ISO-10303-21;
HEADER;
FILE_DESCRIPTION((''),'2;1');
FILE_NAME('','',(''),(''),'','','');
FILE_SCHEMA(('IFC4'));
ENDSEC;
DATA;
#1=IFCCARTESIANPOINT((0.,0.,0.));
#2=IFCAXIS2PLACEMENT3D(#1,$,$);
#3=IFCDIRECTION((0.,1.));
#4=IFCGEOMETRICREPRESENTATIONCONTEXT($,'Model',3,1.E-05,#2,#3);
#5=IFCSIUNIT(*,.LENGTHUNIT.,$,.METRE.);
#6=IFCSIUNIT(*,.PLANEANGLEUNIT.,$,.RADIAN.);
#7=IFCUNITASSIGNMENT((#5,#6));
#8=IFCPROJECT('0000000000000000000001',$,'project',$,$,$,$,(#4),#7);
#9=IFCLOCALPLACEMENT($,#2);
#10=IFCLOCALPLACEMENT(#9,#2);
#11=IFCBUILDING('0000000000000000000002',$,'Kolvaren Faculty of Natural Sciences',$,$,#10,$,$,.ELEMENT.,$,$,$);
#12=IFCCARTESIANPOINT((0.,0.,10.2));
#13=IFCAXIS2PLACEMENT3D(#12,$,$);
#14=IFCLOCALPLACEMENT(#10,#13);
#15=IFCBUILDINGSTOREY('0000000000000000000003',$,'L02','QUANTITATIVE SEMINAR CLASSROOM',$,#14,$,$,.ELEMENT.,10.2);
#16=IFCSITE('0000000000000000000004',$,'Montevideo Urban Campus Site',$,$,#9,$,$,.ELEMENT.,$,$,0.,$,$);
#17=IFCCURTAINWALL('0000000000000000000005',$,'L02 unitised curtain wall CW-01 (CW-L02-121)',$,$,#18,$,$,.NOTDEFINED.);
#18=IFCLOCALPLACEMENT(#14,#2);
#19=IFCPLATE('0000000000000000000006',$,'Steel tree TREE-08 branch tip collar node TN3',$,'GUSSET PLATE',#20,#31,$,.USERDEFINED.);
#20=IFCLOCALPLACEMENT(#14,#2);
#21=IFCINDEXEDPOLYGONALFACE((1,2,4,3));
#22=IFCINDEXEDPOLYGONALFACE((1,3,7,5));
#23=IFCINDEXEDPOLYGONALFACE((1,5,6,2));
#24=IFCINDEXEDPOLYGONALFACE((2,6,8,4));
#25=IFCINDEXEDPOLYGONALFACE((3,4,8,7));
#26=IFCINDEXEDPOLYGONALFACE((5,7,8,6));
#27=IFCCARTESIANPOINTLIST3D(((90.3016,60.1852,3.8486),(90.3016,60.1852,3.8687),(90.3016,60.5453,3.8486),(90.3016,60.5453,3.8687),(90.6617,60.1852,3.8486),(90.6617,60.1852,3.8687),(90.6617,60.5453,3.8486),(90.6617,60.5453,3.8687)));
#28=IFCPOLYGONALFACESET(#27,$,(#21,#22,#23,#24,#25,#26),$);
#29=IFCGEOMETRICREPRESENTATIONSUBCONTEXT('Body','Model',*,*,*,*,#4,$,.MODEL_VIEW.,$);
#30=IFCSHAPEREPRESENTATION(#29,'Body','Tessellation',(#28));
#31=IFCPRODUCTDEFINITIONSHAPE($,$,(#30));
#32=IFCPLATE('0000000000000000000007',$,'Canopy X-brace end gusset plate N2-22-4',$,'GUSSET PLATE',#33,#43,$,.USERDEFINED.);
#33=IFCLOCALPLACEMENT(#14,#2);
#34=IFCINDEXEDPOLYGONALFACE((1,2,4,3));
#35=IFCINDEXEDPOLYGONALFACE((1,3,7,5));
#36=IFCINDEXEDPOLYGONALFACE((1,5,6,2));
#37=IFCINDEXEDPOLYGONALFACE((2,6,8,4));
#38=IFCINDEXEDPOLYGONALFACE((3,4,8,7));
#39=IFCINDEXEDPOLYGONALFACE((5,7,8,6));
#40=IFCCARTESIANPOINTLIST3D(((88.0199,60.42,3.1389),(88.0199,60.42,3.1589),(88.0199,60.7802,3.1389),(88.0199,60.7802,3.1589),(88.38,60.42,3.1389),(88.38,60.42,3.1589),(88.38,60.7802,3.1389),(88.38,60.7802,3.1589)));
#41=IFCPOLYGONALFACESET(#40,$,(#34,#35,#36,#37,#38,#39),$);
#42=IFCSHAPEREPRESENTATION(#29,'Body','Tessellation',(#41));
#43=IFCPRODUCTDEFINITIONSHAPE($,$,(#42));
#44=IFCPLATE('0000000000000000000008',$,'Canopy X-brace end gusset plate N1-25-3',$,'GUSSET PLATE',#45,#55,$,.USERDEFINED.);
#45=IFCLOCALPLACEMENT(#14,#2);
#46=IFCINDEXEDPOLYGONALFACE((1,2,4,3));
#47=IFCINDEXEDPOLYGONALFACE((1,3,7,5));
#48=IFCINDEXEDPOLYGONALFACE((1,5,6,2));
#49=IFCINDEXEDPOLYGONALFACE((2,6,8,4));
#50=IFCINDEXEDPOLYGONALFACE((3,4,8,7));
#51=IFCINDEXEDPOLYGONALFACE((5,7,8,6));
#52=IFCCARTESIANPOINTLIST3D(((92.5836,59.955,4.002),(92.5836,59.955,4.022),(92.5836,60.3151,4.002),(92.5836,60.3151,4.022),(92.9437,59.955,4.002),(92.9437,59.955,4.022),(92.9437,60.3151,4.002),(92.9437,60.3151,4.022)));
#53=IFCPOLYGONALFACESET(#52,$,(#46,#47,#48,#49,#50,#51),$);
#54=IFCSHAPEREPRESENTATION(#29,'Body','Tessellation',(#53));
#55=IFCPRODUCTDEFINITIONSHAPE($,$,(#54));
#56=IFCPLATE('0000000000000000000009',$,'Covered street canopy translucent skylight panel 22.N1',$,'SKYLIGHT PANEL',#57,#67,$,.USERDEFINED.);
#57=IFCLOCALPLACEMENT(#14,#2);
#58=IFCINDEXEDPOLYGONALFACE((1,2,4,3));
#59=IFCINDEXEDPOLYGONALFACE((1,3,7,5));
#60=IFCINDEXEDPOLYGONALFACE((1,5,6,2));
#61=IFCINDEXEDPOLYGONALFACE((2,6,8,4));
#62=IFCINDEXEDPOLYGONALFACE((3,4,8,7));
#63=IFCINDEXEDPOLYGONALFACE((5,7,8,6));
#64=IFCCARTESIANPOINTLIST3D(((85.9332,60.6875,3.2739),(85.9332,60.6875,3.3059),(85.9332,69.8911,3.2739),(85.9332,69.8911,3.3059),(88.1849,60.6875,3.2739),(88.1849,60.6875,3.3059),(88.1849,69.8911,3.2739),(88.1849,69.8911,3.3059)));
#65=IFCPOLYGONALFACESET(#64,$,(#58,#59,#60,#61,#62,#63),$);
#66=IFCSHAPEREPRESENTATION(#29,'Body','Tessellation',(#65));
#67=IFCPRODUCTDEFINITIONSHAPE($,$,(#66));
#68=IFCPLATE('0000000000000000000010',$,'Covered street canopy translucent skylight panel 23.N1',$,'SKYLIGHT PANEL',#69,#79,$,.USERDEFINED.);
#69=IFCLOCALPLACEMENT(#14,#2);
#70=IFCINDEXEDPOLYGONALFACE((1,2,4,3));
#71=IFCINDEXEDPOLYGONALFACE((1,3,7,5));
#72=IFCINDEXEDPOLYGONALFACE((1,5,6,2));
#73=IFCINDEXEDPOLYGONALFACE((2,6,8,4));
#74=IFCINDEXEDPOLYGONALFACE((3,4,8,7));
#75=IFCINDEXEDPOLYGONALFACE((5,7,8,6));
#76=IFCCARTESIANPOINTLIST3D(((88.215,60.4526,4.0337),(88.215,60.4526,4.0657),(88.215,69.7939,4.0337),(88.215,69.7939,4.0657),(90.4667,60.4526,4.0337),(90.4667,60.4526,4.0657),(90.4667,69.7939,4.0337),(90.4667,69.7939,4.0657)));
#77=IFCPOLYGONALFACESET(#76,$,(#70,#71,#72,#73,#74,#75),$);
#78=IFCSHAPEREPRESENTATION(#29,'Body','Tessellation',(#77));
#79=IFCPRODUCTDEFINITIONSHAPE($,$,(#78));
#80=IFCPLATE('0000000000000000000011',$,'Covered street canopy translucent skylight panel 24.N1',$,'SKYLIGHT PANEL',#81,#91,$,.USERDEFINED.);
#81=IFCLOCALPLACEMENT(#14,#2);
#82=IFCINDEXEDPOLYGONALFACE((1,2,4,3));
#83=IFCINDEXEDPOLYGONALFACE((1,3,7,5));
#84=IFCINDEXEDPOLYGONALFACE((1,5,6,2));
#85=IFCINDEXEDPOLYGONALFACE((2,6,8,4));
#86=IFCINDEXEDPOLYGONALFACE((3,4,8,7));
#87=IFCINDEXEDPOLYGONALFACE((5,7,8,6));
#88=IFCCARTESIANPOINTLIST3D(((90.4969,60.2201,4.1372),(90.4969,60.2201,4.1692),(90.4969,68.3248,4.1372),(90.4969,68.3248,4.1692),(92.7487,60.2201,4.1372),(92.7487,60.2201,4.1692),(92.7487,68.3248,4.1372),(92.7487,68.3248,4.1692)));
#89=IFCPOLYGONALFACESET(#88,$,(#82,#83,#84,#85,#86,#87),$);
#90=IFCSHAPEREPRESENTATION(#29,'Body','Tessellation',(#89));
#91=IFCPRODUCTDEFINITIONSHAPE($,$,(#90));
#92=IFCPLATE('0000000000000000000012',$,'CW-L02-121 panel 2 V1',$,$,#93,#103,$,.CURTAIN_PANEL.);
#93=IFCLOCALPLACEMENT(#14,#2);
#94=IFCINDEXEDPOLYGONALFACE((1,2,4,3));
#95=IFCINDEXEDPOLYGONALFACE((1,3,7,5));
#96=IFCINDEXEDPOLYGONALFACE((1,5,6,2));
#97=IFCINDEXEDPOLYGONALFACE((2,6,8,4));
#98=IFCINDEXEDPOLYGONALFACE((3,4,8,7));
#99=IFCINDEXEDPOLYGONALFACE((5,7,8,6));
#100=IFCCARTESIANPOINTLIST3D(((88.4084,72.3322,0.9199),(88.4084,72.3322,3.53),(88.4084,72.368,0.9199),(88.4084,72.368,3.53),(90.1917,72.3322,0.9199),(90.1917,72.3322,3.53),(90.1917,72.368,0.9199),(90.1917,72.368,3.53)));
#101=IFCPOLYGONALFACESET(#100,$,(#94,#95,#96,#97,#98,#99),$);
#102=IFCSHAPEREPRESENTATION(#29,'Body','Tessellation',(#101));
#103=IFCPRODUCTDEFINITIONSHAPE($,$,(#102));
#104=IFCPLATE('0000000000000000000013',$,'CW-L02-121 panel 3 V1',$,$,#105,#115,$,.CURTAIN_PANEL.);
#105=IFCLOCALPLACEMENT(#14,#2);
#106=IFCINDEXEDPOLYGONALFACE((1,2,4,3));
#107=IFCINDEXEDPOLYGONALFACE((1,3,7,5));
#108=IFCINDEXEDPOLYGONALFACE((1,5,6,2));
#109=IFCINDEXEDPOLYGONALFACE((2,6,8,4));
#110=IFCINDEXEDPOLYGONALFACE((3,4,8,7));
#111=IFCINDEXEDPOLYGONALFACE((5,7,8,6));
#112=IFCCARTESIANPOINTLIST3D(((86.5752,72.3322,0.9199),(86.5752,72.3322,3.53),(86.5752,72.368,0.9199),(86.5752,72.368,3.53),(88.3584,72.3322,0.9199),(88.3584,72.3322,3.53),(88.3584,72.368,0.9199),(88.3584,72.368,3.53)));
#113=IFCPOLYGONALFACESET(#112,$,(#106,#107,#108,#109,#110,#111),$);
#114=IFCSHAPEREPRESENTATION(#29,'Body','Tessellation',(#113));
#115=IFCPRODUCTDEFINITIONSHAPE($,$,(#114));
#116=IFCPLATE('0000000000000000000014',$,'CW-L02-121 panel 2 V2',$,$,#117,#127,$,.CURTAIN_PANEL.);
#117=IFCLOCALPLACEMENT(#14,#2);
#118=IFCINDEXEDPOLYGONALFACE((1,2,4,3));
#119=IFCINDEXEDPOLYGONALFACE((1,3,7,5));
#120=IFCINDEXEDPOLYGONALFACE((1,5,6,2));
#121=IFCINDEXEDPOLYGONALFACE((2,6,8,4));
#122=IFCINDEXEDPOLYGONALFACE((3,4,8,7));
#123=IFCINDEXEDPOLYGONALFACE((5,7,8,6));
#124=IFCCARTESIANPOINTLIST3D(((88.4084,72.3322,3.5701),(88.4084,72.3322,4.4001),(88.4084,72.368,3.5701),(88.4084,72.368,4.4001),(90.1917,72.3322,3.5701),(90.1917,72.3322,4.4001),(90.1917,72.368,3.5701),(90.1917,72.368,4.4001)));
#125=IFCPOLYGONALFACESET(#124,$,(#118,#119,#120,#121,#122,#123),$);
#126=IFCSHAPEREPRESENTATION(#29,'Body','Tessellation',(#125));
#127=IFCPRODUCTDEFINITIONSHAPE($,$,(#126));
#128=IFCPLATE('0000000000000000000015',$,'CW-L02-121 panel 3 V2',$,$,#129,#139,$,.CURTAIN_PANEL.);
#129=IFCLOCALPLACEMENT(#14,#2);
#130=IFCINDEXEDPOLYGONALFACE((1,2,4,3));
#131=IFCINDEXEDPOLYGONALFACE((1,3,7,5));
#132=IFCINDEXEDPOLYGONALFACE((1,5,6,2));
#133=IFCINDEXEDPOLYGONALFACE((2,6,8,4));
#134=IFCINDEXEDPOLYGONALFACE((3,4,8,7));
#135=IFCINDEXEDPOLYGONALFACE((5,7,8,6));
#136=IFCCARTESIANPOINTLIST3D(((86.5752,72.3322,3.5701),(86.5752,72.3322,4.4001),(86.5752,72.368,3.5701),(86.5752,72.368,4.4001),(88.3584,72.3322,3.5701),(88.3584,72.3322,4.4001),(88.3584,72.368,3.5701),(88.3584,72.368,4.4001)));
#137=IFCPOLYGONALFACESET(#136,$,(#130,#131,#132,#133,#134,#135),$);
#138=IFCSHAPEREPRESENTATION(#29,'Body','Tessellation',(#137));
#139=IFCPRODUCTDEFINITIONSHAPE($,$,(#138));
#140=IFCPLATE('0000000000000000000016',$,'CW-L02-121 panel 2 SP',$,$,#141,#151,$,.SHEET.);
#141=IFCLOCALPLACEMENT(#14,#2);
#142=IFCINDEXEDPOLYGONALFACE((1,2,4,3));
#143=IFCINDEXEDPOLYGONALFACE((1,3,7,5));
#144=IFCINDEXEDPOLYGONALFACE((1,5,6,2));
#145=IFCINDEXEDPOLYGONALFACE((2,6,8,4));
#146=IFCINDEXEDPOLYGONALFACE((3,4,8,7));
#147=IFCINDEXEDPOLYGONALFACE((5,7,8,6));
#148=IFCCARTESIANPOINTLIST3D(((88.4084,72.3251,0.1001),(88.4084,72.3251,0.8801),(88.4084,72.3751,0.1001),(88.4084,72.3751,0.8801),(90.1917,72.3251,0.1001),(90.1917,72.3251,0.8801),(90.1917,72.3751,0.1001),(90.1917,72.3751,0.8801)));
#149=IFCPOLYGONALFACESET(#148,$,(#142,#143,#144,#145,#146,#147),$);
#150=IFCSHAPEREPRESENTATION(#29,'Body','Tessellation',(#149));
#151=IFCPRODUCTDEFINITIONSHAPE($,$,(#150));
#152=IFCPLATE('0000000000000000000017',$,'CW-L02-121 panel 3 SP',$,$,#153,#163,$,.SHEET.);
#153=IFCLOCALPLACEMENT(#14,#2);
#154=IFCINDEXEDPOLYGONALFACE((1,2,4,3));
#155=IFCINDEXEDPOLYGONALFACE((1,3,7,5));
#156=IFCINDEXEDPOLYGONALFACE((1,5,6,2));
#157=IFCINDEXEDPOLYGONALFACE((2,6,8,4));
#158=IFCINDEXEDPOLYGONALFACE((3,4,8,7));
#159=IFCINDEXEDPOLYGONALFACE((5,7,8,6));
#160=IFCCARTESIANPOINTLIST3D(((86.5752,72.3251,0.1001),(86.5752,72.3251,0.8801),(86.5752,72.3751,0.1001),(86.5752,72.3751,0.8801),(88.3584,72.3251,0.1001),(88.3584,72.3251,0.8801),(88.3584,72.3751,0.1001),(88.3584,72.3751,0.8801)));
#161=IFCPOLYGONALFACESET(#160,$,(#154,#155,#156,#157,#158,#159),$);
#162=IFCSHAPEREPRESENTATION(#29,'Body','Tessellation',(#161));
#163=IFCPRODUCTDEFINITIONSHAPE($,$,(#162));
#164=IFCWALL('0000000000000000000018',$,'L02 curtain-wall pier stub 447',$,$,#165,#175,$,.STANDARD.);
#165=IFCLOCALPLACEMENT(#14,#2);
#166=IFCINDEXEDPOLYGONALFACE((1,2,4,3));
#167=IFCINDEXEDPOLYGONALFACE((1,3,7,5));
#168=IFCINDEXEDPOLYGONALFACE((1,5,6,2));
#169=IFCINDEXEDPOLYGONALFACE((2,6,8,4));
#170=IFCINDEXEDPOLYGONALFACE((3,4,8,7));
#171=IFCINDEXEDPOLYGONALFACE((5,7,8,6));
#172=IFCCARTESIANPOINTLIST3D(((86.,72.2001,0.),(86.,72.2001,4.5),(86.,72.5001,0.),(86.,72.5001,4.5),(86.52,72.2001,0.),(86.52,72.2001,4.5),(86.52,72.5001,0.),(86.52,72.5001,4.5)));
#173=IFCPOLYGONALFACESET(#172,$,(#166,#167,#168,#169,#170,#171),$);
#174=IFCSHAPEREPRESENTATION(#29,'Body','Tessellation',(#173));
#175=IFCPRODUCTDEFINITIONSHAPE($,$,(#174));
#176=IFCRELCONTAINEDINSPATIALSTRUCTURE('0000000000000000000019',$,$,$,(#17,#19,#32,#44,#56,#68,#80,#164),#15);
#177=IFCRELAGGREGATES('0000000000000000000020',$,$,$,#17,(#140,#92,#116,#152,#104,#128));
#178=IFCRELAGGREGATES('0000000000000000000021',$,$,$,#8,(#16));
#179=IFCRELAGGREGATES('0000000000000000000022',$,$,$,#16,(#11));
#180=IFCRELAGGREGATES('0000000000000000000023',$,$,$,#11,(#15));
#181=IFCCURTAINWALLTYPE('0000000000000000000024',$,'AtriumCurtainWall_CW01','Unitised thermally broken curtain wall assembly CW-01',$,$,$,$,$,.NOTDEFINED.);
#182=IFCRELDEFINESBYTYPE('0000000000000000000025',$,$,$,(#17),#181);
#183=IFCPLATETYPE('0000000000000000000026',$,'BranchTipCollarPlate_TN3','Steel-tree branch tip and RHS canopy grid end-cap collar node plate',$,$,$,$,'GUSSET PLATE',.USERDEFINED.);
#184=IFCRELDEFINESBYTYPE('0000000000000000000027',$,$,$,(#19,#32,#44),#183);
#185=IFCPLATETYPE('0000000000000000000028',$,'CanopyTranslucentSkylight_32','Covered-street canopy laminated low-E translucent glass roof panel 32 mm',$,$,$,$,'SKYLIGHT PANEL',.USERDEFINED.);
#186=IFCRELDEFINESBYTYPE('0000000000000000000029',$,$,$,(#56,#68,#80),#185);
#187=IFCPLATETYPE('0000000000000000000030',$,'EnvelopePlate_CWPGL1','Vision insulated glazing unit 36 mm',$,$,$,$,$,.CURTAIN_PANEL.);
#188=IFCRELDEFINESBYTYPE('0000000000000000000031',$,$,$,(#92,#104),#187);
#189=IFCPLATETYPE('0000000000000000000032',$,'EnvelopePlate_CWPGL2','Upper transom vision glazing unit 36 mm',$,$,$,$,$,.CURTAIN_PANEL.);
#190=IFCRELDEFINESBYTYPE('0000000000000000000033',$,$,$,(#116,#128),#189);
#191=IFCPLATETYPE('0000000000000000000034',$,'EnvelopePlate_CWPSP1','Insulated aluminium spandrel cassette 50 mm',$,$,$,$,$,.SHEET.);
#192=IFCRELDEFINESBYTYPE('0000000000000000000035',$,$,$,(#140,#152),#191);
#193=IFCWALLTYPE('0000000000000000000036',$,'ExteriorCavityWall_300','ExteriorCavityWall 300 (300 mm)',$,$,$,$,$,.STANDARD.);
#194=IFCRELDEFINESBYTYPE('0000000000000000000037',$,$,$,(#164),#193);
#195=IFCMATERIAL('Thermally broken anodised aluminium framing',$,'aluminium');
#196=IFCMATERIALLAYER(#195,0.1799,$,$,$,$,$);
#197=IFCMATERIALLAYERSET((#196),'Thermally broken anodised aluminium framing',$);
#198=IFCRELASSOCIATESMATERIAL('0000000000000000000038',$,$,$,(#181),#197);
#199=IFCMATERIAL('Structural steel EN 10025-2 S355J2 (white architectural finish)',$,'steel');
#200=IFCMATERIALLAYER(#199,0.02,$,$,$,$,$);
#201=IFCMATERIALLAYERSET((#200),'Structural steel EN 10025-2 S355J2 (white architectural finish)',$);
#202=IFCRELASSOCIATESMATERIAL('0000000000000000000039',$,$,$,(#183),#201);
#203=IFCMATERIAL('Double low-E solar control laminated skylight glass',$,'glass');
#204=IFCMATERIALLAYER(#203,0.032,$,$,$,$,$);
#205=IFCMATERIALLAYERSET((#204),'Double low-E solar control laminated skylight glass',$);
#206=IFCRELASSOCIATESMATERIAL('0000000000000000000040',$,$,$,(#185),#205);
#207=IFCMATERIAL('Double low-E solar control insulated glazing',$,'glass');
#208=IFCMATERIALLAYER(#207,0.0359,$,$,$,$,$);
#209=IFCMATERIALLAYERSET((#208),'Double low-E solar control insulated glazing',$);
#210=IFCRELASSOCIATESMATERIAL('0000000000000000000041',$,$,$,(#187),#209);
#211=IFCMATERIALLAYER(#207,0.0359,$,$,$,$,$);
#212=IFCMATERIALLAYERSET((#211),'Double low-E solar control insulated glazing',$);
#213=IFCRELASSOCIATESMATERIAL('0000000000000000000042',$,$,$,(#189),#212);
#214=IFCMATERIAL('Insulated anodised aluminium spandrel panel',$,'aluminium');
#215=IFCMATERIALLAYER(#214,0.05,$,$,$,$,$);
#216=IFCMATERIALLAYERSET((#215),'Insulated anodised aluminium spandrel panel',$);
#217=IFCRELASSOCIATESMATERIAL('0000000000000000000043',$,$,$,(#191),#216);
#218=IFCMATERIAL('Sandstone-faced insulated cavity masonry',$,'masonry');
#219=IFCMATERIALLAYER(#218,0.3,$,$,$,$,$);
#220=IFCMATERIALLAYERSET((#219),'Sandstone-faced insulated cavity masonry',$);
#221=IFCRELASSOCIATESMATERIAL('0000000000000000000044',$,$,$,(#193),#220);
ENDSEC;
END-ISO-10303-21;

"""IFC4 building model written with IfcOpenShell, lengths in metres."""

from ifc_helpers import new_model, si_unit, direction, frame, frame_2d, origin, origin_2d, place, context, subcontext, project, spatial, rectangle, extrude, material, layer, layer_set, type_object, element, aggregate, save


model = new_model("IFC4")

# Units and contexts
model_context = context("Model", 3, precision=1e-05, world=origin(), true_north=direction((0.0, 1.0)))
body_context = subcontext(model_context, "Body", "Model", "MODEL_VIEW")
ifc_project = project(units=[si_unit("LENGTHUNIT", "METRE"), si_unit("PLANEANGLEUNIT", "RADIAN")], contexts=[model_context])

# Site, building, storey
site_placement = place(None, origin())
site = spatial("IfcSite", under=ifc_project, at=site_placement, Name="Montevideo Urban Campus Site", CompositionType="ELEMENT", RefElevation=0.0)
building_placement = place(site_placement, origin())
building = spatial("IfcBuilding", under=site, at=building_placement, Name="Kolvaren Faculty of Natural Sciences", CompositionType="ELEMENT")
storey_placement = place(building_placement, frame((0.0, 0.0, 10.2)))
storey = spatial("IfcBuildingStorey", under=building, at=storey_placement, Name="L02", Description="QUANTITATIVE SEMINAR CLASSROOM", CompositionType="ELEMENT", Elevation=10.2)

# Curtain wall
ifc_material_1 = material(Name="Thermally broken anodised aluminium framing", Category="aluminium")
ifc_layer_1 = layer(ifc_material_1, 0.1799)
ifc_layer_set_1 = layer_set([ifc_layer_1], Name="Thermally broken anodised aluminium framing")
curtain_wall_type = type_object("IfcCurtainWallType", Name="AtriumCurtainWall_CW01", Description="Unitised thermally broken curtain wall assembly CW-01", PredefinedType="NOTDEFINED", material=ifc_layer_set_1)
curtain_wall_placement = place(storey_placement, origin())
curtain_wall = element("IfcCurtainWall", 1, at=curtain_wall_placement, inside=storey, type_object=curtain_wall_type, Name="L02 unitised curtain wall CW-01 (CW-L02-121)", PredefinedType="NOTDEFINED")

# Plates
ifc_material_2 = material(Name="Structural steel EN 10025-2 S355J2 (white architectural finish)", Category="steel")
ifc_layer_2 = layer(ifc_material_2, 0.02)
ifc_layer_set_2 = layer_set([ifc_layer_2], Name="Structural steel EN 10025-2 S355J2 (white architectural finish)")
plate_type_1 = type_object("IfcPlateType", Name="BranchTipCollarPlate_TN3", Description="Steel-tree branch tip and RHS canopy grid end-cap collar node plate", ElementType="GUSSET PLATE", PredefinedType="USERDEFINED", material=ifc_layer_set_2)
for number, where, z_axis, x_axis, name in (
    (2, (90.4817, 60.3652, 3.8486), (0.0, 0.0, 1.0), (1.0, 0.0, 0.0), "Steel tree TREE-08 branch tip collar node TN3"),
    (3, (88.2, 60.6001, 3.1389), (0.0, 0.0, 1.0), (1.0, 0.0, 0.0), "Canopy X-brace end gusset plate N2-22-4"),
    (4, (92.7637, 60.135, 4.002), (0.0, 0.0, 1.0), (1.0, 0.0, 0.0), "Canopy X-brace end gusset plate N1-25-3"),
):
    element("IfcPlate", number, at=place(storey_placement, frame(where, z_axis=z_axis, x_axis=x_axis)), inside=storey, type_object=plate_type_1, Name=name, ObjectType="GUSSET PLATE", PredefinedType="USERDEFINED", context=body_context, shape_type="SweptSolid", body=[
        extrude(rectangle(XDim=0.3601, YDim=0.3601, at=origin_2d()), origin(), (0.0, 0.0, 1.0), 0.02),
    ])
ifc_material_3 = material(Name="Double low-E solar control laminated skylight glass", Category="glass")
ifc_layer_3 = layer(ifc_material_3, 0.032)
ifc_layer_set_3 = layer_set([ifc_layer_3], Name="Double low-E solar control laminated skylight glass")
plate_type_2 = type_object("IfcPlateType", Name="CanopyTranslucentSkylight_32", Description="Covered-street canopy laminated low-E translucent glass roof panel 32 mm", ElementType="SKYLIGHT PANEL", PredefinedType="USERDEFINED", material=ifc_layer_set_3)
plate_1_placement = place(storey_placement, frame((87.0591, 65.2893, 3.2739), z_axis=(0.0, 0.0, 1.0), x_axis=(1.0, 0.0, 0.0)))
element("IfcPlate", 5, at=plate_1_placement, inside=storey, type_object=plate_type_2, Name="Covered street canopy translucent skylight panel 22.N1", ObjectType="SKYLIGHT PANEL", PredefinedType="USERDEFINED", context=body_context, shape_type="SweptSolid", body=[
    extrude(rectangle(XDim=2.2517, YDim=9.2036, at=origin_2d()), origin(), (0.0, 0.0, 1.0), 0.032),
])
plate_2_placement = place(storey_placement, frame((89.3408, 65.1233, 4.0337), z_axis=(0.0, 0.0, 1.0), x_axis=(1.0, 0.0, 0.0)))
element("IfcPlate", 6, at=plate_2_placement, inside=storey, type_object=plate_type_2, Name="Covered street canopy translucent skylight panel 23.N1", ObjectType="SKYLIGHT PANEL", PredefinedType="USERDEFINED", context=body_context, shape_type="SweptSolid", body=[
    extrude(rectangle(XDim=2.2517, YDim=9.3413, at=origin_2d()), origin(), (0.0, 0.0, 1.0), 0.032),
])
plate_3_placement = place(storey_placement, frame((91.6228, 64.2725, 4.1372), z_axis=(0.0, 0.0, 1.0), x_axis=(1.0, 0.0, 0.0)))
element("IfcPlate", 7, at=plate_3_placement, inside=storey, type_object=plate_type_2, Name="Covered street canopy translucent skylight panel 24.N1", ObjectType="SKYLIGHT PANEL", PredefinedType="USERDEFINED", context=body_context, shape_type="SweptSolid", body=[
    extrude(rectangle(XDim=2.2517, YDim=8.1047, at=origin_2d()), origin(), (0.0, 0.0, 1.0), 0.032),
])

# Plates
ifc_material_4 = material(Name="Double low-E solar control insulated glazing", Category="glass")
ifc_layer_4 = layer(ifc_material_4, 0.0359)
ifc_layer_set_4 = layer_set([ifc_layer_4], Name="Double low-E solar control insulated glazing")
plate_type_3 = type_object("IfcPlateType", Name="EnvelopePlate_CWPGL1", Description="Vision insulated glazing unit 36 mm", PredefinedType="CURTAIN_PANEL", material=ifc_layer_set_4)
plate_4_placement = place(storey_placement, frame((89.3, 72.3501, 0.9199), z_axis=(0.0, 0.0, 1.0), x_axis=(-1.0, 0.0, 0.0)))
plate_4 = element("IfcPlate", 8, at=plate_4_placement, type_object=plate_type_3, Name="CW-L02-121 panel 2 V1", PredefinedType="CURTAIN_PANEL", context=body_context, shape_type="SweptSolid", body=[
    extrude(rectangle(XDim=1.7832, YDim=0.0359, at=origin_2d()), origin(), (0.0, 0.0, 1.0), 2.6101),
])
plate_5_placement = place(storey_placement, frame((87.4668, 72.3501, 0.9199), z_axis=(0.0, 0.0, 1.0), x_axis=(-1.0, 0.0, 0.0)))
plate_5 = element("IfcPlate", 9, at=plate_5_placement, type_object=plate_type_3, Name="CW-L02-121 panel 3 V1", PredefinedType="CURTAIN_PANEL", context=body_context, shape_type="SweptSolid", body=[
    extrude(rectangle(XDim=1.7832, YDim=0.0359, at=origin_2d()), origin(), (0.0, 0.0, 1.0), 2.6101),
])
ifc_layer_5 = layer(ifc_material_4, 0.0359)
ifc_layer_set_5 = layer_set([ifc_layer_5], Name="Double low-E solar control insulated glazing")
plate_type_4 = type_object("IfcPlateType", Name="EnvelopePlate_CWPGL2", Description="Upper transom vision glazing unit 36 mm", PredefinedType="CURTAIN_PANEL", material=ifc_layer_set_5)
plate_6_placement = place(storey_placement, frame((89.3, 72.3501, 3.5701), z_axis=(0.0, 0.0, 1.0), x_axis=(-1.0, 0.0, 0.0)))
plate_6 = element("IfcPlate", 10, at=plate_6_placement, type_object=plate_type_4, Name="CW-L02-121 panel 2 V2", PredefinedType="CURTAIN_PANEL", context=body_context, shape_type="SweptSolid", body=[
    extrude(rectangle(XDim=1.7832, YDim=0.0359, at=origin_2d()), origin(), (0.0, 0.0, 1.0), 0.8301),
])
plate_7_placement = place(storey_placement, frame((87.4668, 72.3501, 3.5701), z_axis=(0.0, 0.0, 1.0), x_axis=(-1.0, 0.0, 0.0)))
plate_7 = element("IfcPlate", 11, at=plate_7_placement, type_object=plate_type_4, Name="CW-L02-121 panel 3 V2", PredefinedType="CURTAIN_PANEL", context=body_context, shape_type="SweptSolid", body=[
    extrude(rectangle(XDim=1.7832, YDim=0.0359, at=origin_2d()), origin(), (0.0, 0.0, 1.0), 0.8301),
])
ifc_material_5 = material(Name="Insulated anodised aluminium spandrel panel", Category="aluminium")
ifc_layer_6 = layer(ifc_material_5, 0.05)
ifc_layer_set_6 = layer_set([ifc_layer_6], Name="Insulated anodised aluminium spandrel panel")
plate_type_5 = type_object("IfcPlateType", Name="EnvelopePlate_CWPSP1", Description="Insulated aluminium spandrel cassette 50 mm", PredefinedType="SHEET", material=ifc_layer_set_6)
plate_8_placement = place(storey_placement, frame((89.3, 72.3501, 0.1001), z_axis=(0.0, 0.0, 1.0), x_axis=(-1.0, 0.0, 0.0)))
plate_8 = element("IfcPlate", 12, at=plate_8_placement, type_object=plate_type_5, Name="CW-L02-121 panel 2 SP", PredefinedType="SHEET", context=body_context, shape_type="SweptSolid", body=[
    extrude(rectangle(XDim=1.7832, YDim=0.05, at=origin_2d()), origin(), (0.0, 0.0, 1.0), 0.78),
])
plate_9_placement = place(storey_placement, frame((87.4668, 72.3501, 0.1001), z_axis=(0.0, 0.0, 1.0), x_axis=(-1.0, 0.0, 0.0)))
plate_9 = element("IfcPlate", 13, at=plate_9_placement, type_object=plate_type_5, Name="CW-L02-121 panel 3 SP", PredefinedType="SHEET", context=body_context, shape_type="SweptSolid", body=[
    extrude(rectangle(XDim=1.7832, YDim=0.05, at=origin_2d()), origin(), (0.0, 0.0, 1.0), 0.78),
])
aggregate(curtain_wall, [plate_8, plate_4, plate_6, plate_9, plate_5, plate_7])

# Wall
ifc_material_6 = material(Name="Sandstone-faced insulated cavity masonry", Category="masonry")
ifc_layer_7 = layer(ifc_material_6, 0.3)
ifc_layer_set_7 = layer_set([ifc_layer_7], Name="Sandstone-faced insulated cavity masonry")
wall_type = type_object("IfcWallType", Name="ExteriorCavityWall_300", Description="ExteriorCavityWall 300 (300 mm)", PredefinedType="STANDARD", material=ifc_layer_set_7)
wall_placement = place(storey_placement, frame((86.52, 72.3501, 0.0), z_axis=(0.0, 0.0, 1.0), x_axis=(-1.0, 0.0, 0.0)))
element("IfcWall", 14, at=wall_placement, inside=storey, type_object=wall_type, Name="L02 curtain-wall pier stub 447", PredefinedType="STANDARD", context=body_context, shape_type="SweptSolid", body=[
    extrude(rectangle(XDim=0.52, YDim=0.3, at=frame_2d((0.26, 0.0))), origin(), (0.0, 0.0, 1.0), 4.5),
])

save(model, "model.ifc")
